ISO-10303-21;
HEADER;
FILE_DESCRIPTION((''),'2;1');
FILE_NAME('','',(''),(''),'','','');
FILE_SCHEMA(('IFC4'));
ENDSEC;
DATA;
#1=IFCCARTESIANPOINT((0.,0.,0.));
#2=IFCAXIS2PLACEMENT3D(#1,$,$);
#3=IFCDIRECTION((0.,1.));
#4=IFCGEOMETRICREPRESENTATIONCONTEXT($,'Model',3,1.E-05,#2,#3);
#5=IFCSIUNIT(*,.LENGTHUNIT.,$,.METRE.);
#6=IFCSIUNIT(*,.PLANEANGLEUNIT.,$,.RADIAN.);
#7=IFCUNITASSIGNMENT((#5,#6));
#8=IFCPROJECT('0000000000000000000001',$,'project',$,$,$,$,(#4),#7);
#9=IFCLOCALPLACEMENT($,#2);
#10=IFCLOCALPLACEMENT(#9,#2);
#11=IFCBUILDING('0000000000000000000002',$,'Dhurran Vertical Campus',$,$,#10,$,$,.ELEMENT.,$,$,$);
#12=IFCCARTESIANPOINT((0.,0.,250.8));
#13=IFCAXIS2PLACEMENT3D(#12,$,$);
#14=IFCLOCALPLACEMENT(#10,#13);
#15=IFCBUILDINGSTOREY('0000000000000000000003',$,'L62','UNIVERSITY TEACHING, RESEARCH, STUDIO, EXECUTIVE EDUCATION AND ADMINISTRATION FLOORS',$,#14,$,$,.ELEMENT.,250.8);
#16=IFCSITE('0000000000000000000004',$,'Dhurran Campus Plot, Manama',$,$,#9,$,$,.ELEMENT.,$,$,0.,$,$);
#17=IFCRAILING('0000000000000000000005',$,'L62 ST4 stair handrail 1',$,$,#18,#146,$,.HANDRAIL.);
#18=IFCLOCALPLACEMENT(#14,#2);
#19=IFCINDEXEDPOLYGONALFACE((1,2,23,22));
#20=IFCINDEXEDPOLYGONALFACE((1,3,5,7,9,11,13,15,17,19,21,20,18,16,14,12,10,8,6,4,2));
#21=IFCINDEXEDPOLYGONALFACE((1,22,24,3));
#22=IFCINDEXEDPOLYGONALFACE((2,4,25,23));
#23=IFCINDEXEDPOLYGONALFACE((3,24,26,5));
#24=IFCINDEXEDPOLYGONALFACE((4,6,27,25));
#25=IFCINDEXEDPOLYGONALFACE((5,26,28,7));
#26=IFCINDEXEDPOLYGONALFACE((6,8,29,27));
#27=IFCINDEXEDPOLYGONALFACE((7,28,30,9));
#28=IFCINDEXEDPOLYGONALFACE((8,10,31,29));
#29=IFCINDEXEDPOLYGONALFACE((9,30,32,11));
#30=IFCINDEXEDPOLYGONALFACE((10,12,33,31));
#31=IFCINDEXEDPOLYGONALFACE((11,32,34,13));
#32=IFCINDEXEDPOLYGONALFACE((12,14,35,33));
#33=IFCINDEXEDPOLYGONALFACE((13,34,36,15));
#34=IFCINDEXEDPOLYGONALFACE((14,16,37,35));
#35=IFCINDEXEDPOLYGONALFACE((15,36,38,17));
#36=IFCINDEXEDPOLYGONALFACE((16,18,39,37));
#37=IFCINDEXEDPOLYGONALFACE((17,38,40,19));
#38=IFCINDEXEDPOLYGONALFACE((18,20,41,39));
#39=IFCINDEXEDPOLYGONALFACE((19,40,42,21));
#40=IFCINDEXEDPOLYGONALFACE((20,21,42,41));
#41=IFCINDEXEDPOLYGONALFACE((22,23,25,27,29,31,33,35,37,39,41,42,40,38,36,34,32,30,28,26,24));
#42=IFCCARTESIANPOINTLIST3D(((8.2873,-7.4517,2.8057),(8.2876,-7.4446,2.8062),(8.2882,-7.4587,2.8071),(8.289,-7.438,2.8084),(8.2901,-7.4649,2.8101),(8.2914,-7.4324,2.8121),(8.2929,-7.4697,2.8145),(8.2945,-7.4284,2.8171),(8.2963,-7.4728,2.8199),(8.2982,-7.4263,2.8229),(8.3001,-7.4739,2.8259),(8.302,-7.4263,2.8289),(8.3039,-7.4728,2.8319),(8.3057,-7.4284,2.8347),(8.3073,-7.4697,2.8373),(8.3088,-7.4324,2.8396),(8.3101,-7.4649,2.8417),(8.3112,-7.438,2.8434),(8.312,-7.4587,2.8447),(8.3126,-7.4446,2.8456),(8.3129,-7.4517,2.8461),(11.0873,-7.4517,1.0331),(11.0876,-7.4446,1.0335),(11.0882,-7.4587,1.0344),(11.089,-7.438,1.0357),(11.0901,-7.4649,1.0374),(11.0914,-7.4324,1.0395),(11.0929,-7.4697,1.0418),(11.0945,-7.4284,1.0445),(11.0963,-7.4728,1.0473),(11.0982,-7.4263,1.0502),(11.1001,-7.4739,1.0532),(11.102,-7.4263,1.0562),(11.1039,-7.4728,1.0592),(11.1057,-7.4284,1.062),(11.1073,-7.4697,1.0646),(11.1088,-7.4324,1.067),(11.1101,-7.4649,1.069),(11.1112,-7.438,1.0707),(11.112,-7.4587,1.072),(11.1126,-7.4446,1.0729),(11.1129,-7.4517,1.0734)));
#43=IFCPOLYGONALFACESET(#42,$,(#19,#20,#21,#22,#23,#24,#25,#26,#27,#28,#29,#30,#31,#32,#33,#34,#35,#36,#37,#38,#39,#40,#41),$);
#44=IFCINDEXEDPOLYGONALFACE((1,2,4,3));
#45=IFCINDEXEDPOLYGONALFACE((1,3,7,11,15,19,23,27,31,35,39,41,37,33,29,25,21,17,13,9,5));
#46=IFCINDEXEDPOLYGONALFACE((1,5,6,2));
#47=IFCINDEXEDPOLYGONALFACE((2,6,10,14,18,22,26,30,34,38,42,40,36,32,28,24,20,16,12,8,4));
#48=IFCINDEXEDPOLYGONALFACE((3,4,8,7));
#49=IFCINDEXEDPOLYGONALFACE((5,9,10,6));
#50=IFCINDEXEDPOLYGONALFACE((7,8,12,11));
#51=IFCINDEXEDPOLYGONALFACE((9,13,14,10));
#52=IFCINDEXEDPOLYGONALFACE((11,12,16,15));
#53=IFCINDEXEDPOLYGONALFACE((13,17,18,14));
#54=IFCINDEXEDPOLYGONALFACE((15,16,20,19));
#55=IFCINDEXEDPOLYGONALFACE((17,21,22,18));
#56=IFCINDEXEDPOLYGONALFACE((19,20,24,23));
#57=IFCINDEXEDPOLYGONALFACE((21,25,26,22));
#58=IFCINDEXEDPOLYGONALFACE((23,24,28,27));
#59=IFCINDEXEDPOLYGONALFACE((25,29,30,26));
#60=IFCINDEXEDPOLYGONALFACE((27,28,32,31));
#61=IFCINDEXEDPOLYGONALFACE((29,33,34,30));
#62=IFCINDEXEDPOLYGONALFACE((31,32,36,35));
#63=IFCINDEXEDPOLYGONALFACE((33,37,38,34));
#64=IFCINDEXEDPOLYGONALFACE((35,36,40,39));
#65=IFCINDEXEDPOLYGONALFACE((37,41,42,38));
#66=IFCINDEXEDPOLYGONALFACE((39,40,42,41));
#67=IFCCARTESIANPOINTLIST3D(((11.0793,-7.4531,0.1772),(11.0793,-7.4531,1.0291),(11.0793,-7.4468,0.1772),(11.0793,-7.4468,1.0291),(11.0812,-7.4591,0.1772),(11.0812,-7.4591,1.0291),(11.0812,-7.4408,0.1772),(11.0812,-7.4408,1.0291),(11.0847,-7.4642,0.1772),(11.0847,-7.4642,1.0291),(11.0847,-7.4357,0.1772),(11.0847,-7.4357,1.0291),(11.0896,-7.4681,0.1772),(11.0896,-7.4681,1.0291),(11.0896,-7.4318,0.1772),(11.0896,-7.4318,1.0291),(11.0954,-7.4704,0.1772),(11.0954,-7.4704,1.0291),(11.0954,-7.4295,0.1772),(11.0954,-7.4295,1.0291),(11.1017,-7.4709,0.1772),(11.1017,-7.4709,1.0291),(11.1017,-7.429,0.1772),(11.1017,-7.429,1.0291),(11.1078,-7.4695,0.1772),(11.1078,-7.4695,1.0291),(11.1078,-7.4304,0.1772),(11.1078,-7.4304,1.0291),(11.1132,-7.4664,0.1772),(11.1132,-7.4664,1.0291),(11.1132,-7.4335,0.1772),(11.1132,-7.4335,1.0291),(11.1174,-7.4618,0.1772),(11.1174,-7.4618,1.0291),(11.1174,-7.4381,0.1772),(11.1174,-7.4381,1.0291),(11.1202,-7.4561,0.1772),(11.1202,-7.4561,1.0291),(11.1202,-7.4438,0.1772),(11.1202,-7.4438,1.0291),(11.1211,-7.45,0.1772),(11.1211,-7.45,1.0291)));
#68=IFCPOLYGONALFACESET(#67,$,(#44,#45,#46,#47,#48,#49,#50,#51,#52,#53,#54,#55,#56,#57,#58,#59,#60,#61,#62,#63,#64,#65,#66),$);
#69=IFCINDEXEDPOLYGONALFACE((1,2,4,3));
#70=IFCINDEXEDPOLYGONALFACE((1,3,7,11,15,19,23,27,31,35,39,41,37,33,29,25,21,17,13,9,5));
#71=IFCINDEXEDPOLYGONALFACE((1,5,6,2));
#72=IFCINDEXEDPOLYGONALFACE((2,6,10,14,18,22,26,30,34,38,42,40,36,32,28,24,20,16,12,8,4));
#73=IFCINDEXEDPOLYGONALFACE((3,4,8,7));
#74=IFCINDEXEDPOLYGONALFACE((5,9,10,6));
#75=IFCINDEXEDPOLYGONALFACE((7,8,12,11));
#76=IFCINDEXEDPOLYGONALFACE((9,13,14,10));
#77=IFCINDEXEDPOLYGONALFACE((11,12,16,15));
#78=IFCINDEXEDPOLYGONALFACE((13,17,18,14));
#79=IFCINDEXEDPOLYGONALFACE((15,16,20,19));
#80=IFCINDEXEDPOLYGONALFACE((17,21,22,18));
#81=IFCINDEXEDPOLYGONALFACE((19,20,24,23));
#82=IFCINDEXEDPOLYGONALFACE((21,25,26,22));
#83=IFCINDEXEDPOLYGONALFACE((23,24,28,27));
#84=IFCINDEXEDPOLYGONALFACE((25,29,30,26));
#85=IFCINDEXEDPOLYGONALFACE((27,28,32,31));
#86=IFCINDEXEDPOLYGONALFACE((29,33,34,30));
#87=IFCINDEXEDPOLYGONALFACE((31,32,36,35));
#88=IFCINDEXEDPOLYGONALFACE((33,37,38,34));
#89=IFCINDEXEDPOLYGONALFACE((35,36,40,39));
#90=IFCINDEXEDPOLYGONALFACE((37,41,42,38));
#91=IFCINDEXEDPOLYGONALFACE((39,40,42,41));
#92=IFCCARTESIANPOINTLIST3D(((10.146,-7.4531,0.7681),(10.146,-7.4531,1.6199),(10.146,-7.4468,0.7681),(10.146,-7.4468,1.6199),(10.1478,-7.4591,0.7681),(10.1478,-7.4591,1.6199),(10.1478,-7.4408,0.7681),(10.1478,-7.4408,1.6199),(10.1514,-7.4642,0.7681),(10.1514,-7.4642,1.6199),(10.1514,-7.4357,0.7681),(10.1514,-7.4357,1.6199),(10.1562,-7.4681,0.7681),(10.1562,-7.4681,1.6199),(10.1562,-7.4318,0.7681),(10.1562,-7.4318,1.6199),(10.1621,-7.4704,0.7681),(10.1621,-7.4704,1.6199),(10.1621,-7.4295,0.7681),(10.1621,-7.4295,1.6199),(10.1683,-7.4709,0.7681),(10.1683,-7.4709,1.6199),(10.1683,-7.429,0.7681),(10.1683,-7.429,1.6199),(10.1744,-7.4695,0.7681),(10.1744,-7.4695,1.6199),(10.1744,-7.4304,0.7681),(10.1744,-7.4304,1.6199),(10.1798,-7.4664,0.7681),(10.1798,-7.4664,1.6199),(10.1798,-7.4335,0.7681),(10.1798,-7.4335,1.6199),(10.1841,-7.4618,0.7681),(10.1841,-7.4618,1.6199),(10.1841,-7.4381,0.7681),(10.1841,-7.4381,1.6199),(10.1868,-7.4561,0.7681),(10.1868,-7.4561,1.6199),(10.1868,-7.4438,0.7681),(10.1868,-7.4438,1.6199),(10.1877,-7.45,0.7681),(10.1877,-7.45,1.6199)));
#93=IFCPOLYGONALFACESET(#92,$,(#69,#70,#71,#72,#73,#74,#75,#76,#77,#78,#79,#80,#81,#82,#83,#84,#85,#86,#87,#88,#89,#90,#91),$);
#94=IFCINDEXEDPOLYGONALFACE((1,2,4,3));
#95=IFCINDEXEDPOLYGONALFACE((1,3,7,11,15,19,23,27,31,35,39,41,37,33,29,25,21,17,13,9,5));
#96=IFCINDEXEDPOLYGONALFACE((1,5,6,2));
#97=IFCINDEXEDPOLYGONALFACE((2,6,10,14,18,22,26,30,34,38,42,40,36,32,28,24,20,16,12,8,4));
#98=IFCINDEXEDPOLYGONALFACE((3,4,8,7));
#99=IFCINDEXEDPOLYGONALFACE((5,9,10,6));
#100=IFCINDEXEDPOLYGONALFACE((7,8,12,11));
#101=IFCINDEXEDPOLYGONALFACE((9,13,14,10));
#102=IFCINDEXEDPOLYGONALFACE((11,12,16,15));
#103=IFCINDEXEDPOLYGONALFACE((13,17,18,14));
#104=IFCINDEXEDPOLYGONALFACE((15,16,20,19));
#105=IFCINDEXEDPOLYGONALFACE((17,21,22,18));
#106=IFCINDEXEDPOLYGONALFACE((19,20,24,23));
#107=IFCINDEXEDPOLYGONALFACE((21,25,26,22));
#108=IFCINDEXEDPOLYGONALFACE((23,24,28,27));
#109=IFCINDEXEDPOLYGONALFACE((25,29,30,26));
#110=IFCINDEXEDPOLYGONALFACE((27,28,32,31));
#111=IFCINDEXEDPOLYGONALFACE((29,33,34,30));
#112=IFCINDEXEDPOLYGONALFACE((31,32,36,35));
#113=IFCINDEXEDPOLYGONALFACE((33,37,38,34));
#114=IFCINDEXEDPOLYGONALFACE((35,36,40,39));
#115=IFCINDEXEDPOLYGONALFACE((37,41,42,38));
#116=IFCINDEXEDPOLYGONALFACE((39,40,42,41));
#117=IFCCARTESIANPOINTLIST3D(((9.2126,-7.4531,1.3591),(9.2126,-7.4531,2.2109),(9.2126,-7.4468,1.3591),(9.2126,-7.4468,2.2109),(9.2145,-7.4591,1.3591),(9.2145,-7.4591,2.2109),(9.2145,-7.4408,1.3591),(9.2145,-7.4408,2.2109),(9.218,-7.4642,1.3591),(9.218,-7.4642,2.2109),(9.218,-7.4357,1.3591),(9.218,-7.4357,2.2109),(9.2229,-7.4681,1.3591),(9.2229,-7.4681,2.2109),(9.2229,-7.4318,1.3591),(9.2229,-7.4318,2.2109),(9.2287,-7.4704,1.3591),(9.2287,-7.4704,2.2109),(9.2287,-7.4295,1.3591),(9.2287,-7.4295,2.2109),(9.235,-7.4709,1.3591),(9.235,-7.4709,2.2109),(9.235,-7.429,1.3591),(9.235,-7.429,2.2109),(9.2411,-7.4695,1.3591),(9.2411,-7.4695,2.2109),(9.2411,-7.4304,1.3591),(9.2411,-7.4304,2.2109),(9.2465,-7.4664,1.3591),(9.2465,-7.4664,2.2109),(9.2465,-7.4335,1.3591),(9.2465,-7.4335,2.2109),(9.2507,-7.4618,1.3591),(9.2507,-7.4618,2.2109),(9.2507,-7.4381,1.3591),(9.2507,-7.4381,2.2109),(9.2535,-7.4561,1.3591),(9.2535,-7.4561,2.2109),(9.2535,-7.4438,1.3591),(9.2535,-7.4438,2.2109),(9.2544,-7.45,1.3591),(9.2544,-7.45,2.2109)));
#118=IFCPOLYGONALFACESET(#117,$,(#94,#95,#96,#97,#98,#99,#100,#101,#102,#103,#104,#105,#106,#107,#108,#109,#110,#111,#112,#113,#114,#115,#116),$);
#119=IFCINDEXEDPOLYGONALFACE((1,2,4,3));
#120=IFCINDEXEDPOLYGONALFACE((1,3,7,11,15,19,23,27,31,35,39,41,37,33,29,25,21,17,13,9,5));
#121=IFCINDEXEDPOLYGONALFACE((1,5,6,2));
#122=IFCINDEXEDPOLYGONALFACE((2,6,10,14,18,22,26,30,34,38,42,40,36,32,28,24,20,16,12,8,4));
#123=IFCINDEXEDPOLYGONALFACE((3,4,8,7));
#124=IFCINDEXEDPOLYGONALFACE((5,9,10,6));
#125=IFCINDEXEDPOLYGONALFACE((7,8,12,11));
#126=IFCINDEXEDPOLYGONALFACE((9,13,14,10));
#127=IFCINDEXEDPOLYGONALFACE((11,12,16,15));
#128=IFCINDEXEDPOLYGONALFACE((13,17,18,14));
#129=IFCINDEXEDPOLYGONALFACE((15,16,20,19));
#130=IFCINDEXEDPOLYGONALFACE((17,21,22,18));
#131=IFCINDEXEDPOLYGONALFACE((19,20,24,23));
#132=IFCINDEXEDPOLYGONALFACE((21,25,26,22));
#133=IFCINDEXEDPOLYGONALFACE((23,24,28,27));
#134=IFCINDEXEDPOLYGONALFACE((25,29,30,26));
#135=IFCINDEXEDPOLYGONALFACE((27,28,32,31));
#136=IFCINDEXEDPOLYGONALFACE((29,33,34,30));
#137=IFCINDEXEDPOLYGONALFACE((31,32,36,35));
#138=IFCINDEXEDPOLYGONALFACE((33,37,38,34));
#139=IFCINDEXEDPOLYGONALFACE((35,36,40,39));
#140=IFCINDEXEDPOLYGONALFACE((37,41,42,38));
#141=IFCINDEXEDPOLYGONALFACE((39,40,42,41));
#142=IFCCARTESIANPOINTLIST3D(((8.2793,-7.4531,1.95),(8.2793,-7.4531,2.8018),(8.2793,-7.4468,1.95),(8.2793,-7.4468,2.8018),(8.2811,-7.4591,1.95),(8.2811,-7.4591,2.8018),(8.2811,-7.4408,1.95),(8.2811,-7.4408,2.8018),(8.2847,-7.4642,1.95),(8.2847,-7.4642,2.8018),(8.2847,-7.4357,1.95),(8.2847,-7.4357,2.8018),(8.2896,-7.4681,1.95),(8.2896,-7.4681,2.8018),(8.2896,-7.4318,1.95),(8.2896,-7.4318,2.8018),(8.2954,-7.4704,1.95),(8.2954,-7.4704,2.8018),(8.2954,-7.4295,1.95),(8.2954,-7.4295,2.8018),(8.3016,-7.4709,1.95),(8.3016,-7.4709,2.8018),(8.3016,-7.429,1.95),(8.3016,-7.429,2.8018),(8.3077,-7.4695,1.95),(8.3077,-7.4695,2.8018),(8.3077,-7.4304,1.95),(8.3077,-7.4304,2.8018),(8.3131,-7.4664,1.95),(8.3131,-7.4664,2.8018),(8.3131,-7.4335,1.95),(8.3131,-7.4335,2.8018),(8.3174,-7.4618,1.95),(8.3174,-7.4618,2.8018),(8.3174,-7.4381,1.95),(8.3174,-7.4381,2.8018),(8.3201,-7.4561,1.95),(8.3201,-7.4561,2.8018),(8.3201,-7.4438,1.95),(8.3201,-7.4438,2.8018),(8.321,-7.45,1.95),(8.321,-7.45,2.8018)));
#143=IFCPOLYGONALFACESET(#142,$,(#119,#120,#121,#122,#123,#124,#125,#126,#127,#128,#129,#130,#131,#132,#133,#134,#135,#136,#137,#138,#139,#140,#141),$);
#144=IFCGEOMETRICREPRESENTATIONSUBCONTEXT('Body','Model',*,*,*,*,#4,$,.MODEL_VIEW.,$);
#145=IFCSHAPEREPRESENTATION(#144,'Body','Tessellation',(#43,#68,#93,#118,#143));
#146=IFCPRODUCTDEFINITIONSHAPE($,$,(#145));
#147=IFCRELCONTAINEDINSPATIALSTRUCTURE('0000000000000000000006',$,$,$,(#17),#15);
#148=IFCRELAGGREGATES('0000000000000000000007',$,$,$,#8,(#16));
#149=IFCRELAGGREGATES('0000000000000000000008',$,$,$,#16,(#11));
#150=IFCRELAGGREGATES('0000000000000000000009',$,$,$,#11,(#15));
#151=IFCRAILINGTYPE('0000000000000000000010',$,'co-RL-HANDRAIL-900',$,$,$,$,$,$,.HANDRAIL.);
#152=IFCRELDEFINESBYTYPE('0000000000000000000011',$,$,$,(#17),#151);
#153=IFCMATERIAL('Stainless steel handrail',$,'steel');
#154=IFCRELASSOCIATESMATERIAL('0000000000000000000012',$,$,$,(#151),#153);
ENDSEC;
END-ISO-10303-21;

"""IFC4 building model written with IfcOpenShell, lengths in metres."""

from ifc_helpers import new_model, si_unit, direction, frame, origin, origin_2d, place, context, subcontext, project, spatial, circle, extrude, material, type_object, element, save


model = new_model("IFC4")

# Units and contexts
model_context = context("Model", 3, precision=1e-05, world=origin(), true_north=direction((0.0, 1.0)))
body_context = subcontext(model_context, "Body", "Model", "MODEL_VIEW")
ifc_project = project(units=[si_unit("LENGTHUNIT", "METRE"), si_unit("PLANEANGLEUNIT", "RADIAN")], contexts=[model_context])

# Site, building, storey
site_placement = place(None, origin())
site = spatial("IfcSite", under=ifc_project, at=site_placement, Name="Dhurran Campus Plot, Manama", CompositionType="ELEMENT", RefElevation=0.0)
building_placement = place(site_placement, origin())
building = spatial("IfcBuilding", under=site, at=building_placement, Name="Dhurran Vertical Campus", CompositionType="ELEMENT")
storey_placement = place(building_placement, frame((0.0, 0.0, 250.8)))
storey = spatial("IfcBuildingStorey", under=building, at=storey_placement, Name="L62", Description="UNIVERSITY TEACHING, RESEARCH, STUDIO, EXECUTIVE EDUCATION AND ADMINISTRATION FLOORS", CompositionType="ELEMENT", Elevation=250.8)

# Railing
ifc_material_1 = material(Name="Stainless steel handrail", Category="steel")
railing_type_1 = type_object("IfcRailingType", Name="co-RL-HANDRAIL-900", PredefinedType="HANDRAIL", material=ifc_material_1)
railing_1_placement = place(storey_placement, frame((11.1001, -7.45, 0.1772)))
element("IfcRailing", 1, at=railing_1_placement, inside=storey, type_object=railing_type_1, Name="L62 ST4 stair handrail 1", PredefinedType="HANDRAIL", context=body_context, shape_type="SweptSolid", body=[
    extrude(circle(Radius=0.0239, at=origin_2d()), frame((0.0, 0.0, 0.876), z_axis=(-0.844909, 0.0, 0.53491), x_axis=(0.0, -1.0, 0.0)), (0.0, 0.0, 1.0), 3.314),
    extrude(circle(Radius=0.021, at=origin_2d()), origin(), (0.0, 0.0, 1.0), 0.8518),
    extrude(circle(Radius=0.021, at=origin_2d()), frame((-0.9333, 0.0, 0.5908)), (0.0, 0.0, 1.0), 0.8518),
    extrude(circle(Radius=0.021, at=origin_2d()), frame((-1.8667, 0.0, 1.1819)), (0.0, 0.0, 1.0), 0.8518),
    extrude(circle(Radius=0.021, at=origin_2d()), frame((-2.8, 0.0, 1.7727)), (0.0, 0.0, 1.0), 0.8518),
])

save(model, "model.ifc")
